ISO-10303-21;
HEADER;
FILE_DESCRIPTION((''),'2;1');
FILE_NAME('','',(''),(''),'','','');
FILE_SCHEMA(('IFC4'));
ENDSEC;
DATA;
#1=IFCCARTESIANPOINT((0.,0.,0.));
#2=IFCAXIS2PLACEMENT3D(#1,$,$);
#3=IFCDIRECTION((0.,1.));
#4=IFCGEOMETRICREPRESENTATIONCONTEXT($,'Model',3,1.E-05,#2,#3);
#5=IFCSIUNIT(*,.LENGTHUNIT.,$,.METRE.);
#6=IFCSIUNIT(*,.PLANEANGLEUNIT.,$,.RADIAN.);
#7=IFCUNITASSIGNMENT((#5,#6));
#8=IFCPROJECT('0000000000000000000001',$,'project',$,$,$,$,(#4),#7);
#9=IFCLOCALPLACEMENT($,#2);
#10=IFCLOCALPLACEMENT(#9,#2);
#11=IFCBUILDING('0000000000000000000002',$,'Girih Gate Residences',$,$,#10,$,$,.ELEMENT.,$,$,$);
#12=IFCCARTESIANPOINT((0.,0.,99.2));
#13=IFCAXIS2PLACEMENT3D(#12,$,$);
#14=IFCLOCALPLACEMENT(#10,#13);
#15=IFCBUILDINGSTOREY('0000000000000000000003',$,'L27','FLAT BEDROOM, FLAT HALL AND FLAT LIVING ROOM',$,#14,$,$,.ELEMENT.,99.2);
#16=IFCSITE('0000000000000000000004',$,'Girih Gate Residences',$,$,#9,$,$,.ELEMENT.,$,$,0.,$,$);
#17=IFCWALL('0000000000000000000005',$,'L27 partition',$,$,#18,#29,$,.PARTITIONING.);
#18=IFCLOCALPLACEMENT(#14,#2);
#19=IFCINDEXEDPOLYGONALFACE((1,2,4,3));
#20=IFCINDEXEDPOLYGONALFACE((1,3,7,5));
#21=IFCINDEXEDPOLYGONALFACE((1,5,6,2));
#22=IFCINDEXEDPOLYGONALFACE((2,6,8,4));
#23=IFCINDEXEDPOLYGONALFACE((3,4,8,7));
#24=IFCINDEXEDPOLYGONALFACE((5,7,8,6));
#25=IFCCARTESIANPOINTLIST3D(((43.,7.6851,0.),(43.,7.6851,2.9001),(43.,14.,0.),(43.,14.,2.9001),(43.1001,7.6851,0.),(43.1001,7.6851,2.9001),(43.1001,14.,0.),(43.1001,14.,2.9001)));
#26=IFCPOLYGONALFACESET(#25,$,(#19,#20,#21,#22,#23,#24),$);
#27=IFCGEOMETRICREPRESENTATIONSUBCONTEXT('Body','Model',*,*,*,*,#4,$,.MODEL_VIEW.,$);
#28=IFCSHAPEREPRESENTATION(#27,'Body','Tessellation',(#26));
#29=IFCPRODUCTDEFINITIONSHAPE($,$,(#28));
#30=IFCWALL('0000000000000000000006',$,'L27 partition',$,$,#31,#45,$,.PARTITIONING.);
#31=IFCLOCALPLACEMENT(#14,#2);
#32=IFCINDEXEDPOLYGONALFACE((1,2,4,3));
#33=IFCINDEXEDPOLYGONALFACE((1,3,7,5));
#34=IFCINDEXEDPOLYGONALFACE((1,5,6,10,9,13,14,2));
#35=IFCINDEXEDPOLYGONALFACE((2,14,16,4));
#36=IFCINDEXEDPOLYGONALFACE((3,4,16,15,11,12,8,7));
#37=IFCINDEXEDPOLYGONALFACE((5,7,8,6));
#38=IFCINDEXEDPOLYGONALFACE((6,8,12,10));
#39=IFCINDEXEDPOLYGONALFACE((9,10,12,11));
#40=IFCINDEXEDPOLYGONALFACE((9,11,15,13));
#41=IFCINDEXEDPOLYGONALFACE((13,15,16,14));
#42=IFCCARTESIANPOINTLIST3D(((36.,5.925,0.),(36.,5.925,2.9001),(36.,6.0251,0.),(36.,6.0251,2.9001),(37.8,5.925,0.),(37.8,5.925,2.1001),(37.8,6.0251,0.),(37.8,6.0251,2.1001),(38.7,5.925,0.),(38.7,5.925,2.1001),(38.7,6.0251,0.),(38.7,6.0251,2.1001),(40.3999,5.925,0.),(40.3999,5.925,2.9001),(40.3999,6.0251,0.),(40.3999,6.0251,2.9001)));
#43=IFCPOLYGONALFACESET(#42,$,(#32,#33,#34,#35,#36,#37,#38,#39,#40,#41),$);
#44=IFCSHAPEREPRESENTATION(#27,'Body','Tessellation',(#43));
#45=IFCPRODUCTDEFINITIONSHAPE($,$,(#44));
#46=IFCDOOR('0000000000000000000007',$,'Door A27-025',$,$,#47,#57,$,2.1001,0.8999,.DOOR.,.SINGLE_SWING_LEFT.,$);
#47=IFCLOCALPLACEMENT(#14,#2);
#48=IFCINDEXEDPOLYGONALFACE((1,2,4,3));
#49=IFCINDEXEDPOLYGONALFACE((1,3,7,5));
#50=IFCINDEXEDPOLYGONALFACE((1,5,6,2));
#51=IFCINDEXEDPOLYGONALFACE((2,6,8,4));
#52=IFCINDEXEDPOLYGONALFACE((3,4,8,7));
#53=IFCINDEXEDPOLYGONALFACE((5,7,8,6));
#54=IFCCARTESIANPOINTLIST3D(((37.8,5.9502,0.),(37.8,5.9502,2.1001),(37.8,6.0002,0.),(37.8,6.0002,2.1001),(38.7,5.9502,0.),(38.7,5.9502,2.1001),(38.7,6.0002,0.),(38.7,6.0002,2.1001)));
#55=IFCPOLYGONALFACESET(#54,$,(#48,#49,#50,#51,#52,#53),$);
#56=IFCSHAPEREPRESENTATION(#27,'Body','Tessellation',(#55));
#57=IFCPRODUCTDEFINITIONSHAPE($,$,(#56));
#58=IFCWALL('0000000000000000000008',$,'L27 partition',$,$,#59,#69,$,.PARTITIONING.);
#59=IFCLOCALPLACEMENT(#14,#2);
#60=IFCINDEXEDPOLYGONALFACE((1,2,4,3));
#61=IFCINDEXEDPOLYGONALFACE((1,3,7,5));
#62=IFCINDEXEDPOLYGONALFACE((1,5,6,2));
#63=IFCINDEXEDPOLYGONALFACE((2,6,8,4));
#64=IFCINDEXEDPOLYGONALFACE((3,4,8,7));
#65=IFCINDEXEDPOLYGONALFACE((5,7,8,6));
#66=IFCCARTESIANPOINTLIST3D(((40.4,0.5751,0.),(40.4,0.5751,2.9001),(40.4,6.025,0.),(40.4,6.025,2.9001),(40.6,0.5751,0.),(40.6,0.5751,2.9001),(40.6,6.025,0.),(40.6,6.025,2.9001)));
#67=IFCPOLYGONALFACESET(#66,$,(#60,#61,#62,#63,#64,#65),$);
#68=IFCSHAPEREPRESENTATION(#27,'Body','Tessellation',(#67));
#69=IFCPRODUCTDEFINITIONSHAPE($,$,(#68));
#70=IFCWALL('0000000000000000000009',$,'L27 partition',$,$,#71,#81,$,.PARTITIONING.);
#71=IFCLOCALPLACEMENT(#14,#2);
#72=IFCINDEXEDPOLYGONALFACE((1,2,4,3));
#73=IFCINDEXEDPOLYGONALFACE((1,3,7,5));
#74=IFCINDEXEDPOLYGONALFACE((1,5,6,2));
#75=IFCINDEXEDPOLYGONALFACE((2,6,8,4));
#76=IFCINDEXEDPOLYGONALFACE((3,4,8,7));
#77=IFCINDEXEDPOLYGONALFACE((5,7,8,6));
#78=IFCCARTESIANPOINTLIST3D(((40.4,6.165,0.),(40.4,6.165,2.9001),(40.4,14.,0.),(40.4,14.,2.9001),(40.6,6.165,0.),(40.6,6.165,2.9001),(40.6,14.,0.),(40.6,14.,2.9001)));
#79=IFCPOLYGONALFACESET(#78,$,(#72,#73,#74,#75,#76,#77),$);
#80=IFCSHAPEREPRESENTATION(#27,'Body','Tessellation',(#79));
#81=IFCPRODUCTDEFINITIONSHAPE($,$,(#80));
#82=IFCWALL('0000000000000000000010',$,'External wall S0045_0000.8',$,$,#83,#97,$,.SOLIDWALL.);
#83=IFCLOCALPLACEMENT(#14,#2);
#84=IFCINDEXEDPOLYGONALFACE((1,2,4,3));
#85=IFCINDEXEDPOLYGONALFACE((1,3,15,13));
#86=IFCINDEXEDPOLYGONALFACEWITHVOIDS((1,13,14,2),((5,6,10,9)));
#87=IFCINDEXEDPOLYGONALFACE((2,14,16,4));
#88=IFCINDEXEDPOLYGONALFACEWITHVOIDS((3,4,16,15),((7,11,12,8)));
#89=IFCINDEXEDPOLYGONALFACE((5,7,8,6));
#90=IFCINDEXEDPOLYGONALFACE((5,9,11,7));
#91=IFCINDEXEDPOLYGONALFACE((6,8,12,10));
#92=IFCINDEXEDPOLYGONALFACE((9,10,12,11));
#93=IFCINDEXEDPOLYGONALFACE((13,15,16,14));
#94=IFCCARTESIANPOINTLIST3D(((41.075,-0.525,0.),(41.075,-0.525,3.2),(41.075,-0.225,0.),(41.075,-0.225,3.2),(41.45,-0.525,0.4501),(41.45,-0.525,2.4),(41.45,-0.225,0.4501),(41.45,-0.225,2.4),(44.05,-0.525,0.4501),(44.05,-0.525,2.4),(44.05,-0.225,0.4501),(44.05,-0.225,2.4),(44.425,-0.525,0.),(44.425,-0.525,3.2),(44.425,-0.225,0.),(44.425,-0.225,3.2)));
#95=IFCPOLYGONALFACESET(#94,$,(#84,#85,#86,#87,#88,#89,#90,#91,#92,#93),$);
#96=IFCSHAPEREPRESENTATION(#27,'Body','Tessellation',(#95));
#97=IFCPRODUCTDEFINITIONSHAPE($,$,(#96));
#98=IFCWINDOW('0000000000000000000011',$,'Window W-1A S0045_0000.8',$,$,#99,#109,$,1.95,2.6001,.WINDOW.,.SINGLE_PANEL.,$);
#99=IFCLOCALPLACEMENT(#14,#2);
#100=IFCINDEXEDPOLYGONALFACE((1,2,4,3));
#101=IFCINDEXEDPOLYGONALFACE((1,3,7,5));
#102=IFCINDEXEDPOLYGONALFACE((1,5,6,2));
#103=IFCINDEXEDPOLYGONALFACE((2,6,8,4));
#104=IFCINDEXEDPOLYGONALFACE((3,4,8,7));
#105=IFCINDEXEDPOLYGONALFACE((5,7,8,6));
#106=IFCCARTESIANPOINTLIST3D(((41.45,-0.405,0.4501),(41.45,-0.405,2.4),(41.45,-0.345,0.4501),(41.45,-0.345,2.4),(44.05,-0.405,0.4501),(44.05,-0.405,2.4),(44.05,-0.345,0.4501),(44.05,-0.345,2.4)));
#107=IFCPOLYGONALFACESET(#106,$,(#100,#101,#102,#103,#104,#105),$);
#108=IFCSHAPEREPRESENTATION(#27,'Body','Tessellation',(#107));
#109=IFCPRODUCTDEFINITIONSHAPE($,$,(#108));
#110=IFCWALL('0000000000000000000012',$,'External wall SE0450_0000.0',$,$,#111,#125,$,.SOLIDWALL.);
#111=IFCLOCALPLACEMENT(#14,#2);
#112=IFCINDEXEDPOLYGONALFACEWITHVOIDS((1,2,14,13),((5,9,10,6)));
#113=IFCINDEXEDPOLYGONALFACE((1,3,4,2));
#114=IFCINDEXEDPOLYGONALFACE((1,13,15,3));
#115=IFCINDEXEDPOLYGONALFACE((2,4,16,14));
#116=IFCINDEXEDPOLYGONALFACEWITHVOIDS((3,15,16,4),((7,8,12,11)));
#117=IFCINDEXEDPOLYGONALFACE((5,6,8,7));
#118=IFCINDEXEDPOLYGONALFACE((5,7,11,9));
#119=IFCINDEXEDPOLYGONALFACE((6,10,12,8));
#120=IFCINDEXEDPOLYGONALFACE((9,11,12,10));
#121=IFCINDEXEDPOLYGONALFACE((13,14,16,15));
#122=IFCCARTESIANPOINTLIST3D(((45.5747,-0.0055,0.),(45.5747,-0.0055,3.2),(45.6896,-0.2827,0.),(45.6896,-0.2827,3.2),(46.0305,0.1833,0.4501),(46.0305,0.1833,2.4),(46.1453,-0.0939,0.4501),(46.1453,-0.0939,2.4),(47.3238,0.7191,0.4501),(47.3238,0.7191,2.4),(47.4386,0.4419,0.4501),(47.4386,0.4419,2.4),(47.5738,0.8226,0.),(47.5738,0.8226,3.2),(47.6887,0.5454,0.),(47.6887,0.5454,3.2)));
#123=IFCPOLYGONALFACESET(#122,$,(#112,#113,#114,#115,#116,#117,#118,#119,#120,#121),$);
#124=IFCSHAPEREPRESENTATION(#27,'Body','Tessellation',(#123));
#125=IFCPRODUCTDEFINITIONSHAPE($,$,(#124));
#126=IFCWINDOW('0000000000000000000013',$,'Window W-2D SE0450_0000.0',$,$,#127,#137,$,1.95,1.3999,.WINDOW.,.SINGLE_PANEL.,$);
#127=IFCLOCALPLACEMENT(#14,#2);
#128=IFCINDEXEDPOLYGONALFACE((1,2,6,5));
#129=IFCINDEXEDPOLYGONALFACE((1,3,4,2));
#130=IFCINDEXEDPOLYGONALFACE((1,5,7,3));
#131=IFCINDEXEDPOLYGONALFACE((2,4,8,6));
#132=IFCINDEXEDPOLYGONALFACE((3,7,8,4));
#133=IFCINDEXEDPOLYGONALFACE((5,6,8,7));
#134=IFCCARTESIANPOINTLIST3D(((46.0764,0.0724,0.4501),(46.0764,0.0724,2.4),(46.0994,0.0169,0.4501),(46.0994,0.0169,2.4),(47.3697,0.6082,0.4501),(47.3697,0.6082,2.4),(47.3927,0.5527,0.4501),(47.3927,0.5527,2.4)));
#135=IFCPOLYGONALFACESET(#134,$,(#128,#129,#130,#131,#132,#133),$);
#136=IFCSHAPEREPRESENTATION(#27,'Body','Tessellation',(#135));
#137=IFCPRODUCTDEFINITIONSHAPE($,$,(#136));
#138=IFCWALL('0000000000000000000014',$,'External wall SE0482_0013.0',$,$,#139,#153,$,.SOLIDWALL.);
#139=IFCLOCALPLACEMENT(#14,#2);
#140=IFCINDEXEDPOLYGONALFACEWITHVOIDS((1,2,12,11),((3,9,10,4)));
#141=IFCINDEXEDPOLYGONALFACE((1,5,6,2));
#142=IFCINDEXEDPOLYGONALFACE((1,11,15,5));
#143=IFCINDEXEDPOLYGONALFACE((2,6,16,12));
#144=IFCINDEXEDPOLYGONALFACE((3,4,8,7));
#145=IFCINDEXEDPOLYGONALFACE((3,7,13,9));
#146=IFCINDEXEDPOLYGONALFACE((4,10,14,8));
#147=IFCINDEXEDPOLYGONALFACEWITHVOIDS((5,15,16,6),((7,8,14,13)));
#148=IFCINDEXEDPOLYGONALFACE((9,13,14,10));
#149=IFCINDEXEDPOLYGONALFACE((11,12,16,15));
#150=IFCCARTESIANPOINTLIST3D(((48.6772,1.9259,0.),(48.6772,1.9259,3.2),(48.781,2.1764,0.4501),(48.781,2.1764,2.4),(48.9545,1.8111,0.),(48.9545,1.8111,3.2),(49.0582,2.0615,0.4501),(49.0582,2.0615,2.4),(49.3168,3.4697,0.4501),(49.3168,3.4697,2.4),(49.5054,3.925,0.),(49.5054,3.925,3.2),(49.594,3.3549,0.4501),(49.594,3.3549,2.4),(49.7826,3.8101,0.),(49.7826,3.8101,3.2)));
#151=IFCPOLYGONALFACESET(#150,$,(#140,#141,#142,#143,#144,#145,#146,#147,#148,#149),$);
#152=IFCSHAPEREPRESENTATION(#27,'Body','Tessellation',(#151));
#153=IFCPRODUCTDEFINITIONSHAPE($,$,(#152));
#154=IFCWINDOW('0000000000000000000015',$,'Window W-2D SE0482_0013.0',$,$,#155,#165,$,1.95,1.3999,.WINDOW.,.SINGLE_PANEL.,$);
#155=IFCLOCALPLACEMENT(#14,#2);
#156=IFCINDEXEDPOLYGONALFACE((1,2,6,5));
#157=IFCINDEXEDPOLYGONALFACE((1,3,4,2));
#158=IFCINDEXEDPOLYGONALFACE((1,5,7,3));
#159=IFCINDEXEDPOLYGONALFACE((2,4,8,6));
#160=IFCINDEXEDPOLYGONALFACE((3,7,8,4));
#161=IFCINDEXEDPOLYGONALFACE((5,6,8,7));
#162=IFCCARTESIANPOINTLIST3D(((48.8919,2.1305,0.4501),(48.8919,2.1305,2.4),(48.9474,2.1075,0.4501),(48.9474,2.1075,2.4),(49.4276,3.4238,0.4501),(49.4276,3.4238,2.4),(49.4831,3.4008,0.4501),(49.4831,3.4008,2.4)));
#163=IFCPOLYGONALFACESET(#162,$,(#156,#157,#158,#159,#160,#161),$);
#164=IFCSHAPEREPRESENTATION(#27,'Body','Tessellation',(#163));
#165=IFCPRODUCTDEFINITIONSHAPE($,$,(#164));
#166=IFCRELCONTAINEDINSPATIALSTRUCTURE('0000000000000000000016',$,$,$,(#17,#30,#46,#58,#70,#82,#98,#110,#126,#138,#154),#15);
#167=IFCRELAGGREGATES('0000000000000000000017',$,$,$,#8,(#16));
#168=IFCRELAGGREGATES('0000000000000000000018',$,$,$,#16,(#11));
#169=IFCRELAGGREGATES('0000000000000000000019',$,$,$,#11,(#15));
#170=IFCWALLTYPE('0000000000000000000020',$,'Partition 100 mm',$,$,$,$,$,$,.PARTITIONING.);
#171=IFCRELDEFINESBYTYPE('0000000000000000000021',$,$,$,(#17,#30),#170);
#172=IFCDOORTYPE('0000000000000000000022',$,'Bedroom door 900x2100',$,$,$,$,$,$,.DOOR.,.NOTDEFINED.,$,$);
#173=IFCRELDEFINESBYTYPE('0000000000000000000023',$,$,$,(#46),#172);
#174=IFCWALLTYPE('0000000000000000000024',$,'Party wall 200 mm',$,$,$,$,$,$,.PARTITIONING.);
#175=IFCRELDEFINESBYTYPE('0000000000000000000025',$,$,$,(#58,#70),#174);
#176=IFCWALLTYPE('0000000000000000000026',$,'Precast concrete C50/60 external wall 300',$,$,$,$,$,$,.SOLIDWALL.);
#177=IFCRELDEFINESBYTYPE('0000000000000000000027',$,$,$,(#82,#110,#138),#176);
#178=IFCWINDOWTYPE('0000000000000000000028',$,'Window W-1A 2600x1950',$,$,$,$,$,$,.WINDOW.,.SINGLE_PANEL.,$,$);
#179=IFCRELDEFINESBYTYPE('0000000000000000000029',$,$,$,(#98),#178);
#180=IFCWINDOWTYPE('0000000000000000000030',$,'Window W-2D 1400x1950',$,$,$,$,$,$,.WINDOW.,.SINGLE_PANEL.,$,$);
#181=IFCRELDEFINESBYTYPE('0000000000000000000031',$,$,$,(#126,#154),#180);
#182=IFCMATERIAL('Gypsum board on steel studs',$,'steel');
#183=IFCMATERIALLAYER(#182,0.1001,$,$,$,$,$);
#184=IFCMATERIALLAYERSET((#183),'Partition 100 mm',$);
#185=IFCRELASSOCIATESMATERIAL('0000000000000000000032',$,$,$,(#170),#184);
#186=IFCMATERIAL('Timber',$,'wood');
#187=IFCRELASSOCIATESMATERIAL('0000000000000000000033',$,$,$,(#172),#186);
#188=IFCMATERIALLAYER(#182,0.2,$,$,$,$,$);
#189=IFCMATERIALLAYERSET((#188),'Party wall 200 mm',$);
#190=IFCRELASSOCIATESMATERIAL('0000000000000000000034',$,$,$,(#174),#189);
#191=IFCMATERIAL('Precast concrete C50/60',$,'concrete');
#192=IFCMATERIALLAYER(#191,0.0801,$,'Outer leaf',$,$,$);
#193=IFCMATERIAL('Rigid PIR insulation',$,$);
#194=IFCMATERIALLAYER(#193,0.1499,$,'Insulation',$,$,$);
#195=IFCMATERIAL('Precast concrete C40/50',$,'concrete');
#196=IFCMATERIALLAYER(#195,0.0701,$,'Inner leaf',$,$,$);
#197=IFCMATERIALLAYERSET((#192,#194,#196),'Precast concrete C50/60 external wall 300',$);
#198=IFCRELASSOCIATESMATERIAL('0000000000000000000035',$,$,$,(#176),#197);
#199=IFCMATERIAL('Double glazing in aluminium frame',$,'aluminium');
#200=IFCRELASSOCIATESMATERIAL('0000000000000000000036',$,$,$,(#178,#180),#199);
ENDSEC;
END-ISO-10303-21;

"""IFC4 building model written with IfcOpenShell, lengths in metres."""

from ifc_helpers import new_model, si_unit, direction, frame, frame_2d, origin, place, context, subcontext, project, spatial, rectangle, extrude, material, layer, layer_set, type_object, element, fill, save


model = new_model("IFC4")

# Units and contexts
model_context = context("Model", 3, precision=1e-05, world=origin(), true_north=direction((0.0, 1.0)))
body_context = subcontext(model_context, "Body", "Model", "MODEL_VIEW")
ifc_project = project(units=[si_unit("LENGTHUNIT", "METRE"), si_unit("PLANEANGLEUNIT", "RADIAN")], contexts=[model_context])

# Site, building, storey
site_placement = place(None, origin())
site = spatial("IfcSite", under=ifc_project, at=site_placement, Name="Girih Gate Residences", CompositionType="ELEMENT", RefElevation=0.0)
building_placement = place(site_placement, origin())
building = spatial("IfcBuilding", under=site, at=building_placement, Name="Girih Gate Residences", CompositionType="ELEMENT")
storey_placement = place(building_placement, frame((0.0, 0.0, 99.2)))
storey = spatial("IfcBuildingStorey", under=building, at=storey_placement, Name="L27", Description="FLAT BEDROOM, FLAT HALL AND FLAT LIVING ROOM", CompositionType="ELEMENT", Elevation=99.2)

# Shared definitions
ifc_material_1 = material(Name="Gypsum board on steel studs", Category="steel")
ifc_layer_1 = layer(ifc_material_1, 0.1001)
ifc_layer_set_1 = layer_set([ifc_layer_1], Name="Partition 100 mm")
wall_type_1 = type_object("IfcWallType", Name="Partition 100 mm", PredefinedType="PARTITIONING", material=ifc_layer_set_1)
ifc_material_2 = material(Name="Timber", Category="wood")
door_type_1 = type_object("IfcDoorType", Name="Bedroom door 900x2100", OperationType="NOTDEFINED", PredefinedType="DOOR", material=ifc_material_2)

# Wall
wall_1_placement = place(storey_placement, frame((43.05, 7.6851, 0.0), z_axis=(0.0, 0.0, 1.0), x_axis=(0.0, 1.0, 0.0)))
element("IfcWall", 1, at=wall_1_placement, inside=storey, type_object=wall_type_1, Name="L27 partition", PredefinedType="PARTITIONING", context=body_context, shape_type="SweptSolid", body=[
    extrude(rectangle(XDim=6.3149, YDim=0.1001, at=frame_2d((3.1575, 0.0))), origin(), (0.0, 0.0, 1.0), 2.9001),
])

# Wall, opening, door
wall_2_placement = place(storey_placement, frame((40.3999, 5.9751, 0.0), z_axis=(0.0, 0.0, 1.0), x_axis=(-1.0, 0.0, 0.0)))
wall_2 = element("IfcWall", 2, at=wall_2_placement, inside=storey, type_object=wall_type_1, Name="L27 partition", PredefinedType="PARTITIONING", context=body_context, shape_type="SweptSolid", body=[
    extrude(rectangle(XDim=4.3999, YDim=0.1001, at=frame_2d((2.2, 0.0))), origin(), (0.0, 0.0, 1.0), 2.9001),
])
opening_1_placement = place(wall_2_placement, frame((1.7, 0.0, 0.0)))
opening_1 = element("IfcOpeningElement", 3, at=opening_1_placement, cuts=wall_2, PredefinedType="OPENING", context=body_context, shape_type="SweptSolid", body=[
    extrude(rectangle(XDim=0.8999, YDim=2.1001, at=frame_2d((0.45, 1.05))), frame((0.0, 0.0601, 0.0), z_axis=(0.0, -1.0, 0.0), x_axis=(1.0, 0.0, 0.0)), (0.0, 0.0, 1.0), 0.1201),
])
door_1_placement = place(opening_1_placement, origin())
door_1 = element("IfcDoor", 4, at=door_1_placement, inside=storey, type_object=door_type_1, Name="Door A27-025", OperationType="SINGLE_SWING_LEFT", OverallHeight=2.1001, OverallWidth=0.8999, PredefinedType="DOOR", context=body_context, shape_type="SweptSolid", body=[
    extrude(rectangle(XDim=0.8999, YDim=2.1001, at=frame_2d((0.45, 1.05))), frame((0.0, 0.0249, 0.0), z_axis=(0.0, -1.0, 0.0), x_axis=(1.0, 0.0, 0.0)), (0.0, 0.0, 1.0), 0.05),
])
fill(opening_1, door_1)

# Walls
ifc_layer_2 = layer(ifc_material_1, 0.2)
ifc_layer_set_2 = layer_set([ifc_layer_2], Name="Party wall 200 mm")
wall_type_2 = type_object("IfcWallType", Name="Party wall 200 mm", PredefinedType="PARTITIONING", material=ifc_layer_set_2)
wall_3_placement = place(storey_placement, frame((40.5, 0.575, 0.0), z_axis=(0.0, 0.0, 1.0), x_axis=(0.0, 1.0, 0.0)))
element("IfcWall", 5, at=wall_3_placement, inside=storey, type_object=wall_type_2, Name="L27 partition", PredefinedType="PARTITIONING", context=body_context, shape_type="SweptSolid", body=[
    extrude(rectangle(XDim=5.45, YDim=0.2, at=frame_2d((2.7251, 0.0))), origin(), (0.0, 0.0, 1.0), 2.9001),
])
wall_4_placement = place(storey_placement, frame((40.5, 6.165, 0.0), z_axis=(0.0, 0.0, 1.0), x_axis=(0.0, 1.0, 0.0)))
element("IfcWall", 6, at=wall_4_placement, inside=storey, type_object=wall_type_2, Name="L27 partition", PredefinedType="PARTITIONING", context=body_context, shape_type="SweptSolid", body=[
    extrude(rectangle(XDim=7.835, YDim=0.2, at=frame_2d((3.9175, 0.0))), origin(), (0.0, 0.0, 1.0), 2.9001),
])

# Walls, openings, windows
ifc_material_3 = material(Name="Precast concrete C50/60", Category="concrete")
ifc_layer_3 = layer(ifc_material_3, 0.0801, Name="Outer leaf")
ifc_material_4 = material(Name="Rigid PIR insulation")
ifc_layer_4 = layer(ifc_material_4, 0.1499, Name="Insulation")
ifc_material_5 = material(Name="Precast concrete C40/50", Category="concrete")
ifc_layer_5 = layer(ifc_material_5, 0.0701, Name="Inner leaf")
ifc_layer_set_3 = layer_set([ifc_layer_3, ifc_layer_4, ifc_layer_5], Name="Precast concrete C50/60 external wall 300")
wall_type_3 = type_object("IfcWallType", Name="Precast concrete C50/60 external wall 300", PredefinedType="SOLIDWALL", material=ifc_layer_set_3)
wall_5_placement = place(storey_placement, frame((44.425, -0.375, 0.0), z_axis=(0.0, 0.0, 1.0), x_axis=(-1.0, 0.0, 0.0)))
wall_5 = element("IfcWall", 7, at=wall_5_placement, inside=storey, type_object=wall_type_3, Name="External wall S0045_0000.8", PredefinedType="SOLIDWALL", context=body_context, shape_type="SweptSolid", body=[
    extrude(rectangle(XDim=3.3501, YDim=0.3, at=frame_2d((1.675, 0.0))), origin(), (0.0, 0.0, 1.0), 3.2),
])
opening_2_placement = place(wall_5_placement, frame((0.375, 0.0, 0.45)))
opening_2 = element("IfcOpeningElement", 8, at=opening_2_placement, cuts=wall_5, PredefinedType="OPENING", context=body_context, shape_type="SweptSolid", body=[
    extrude(rectangle(XDim=2.6001, YDim=1.95, at=frame_2d((1.3, 0.9751))), frame((0.0, 0.1599, 0.0), z_axis=(0.0, -1.0, 0.0), x_axis=(1.0, 0.0, 0.0)), (0.0, 0.0, 1.0), 0.3201),
])
ifc_material_6 = material(Name="Double glazing in aluminium frame", Category="aluminium")
window_type_1 = type_object("IfcWindowType", Name="Window W-1A 2600x1950", PartitioningType="SINGLE_PANEL", PredefinedType="WINDOW", material=ifc_material_6)
window_1_placement = place(opening_2_placement, origin())
window_1 = element("IfcWindow", 9, at=window_1_placement, inside=storey, type_object=window_type_1, Name="Window W-1A S0045_0000.8", OverallHeight=1.95, OverallWidth=2.6001, PartitioningType="SINGLE_PANEL", PredefinedType="WINDOW", context=body_context, shape_type="SweptSolid", body=[
    extrude(rectangle(XDim=2.6001, YDim=1.95, at=frame_2d((1.3, 0.9751))), frame((0.0, 0.03, 0.0), z_axis=(0.0, -1.0, 0.0), x_axis=(1.0, 0.0, 0.0)), (0.0, 0.0, 1.0), 0.0601),
])
fill(opening_2, window_1)
wall_6_placement = place(storey_placement, frame((47.6313, 0.6841, 0.0), z_axis=(0.0, 0.0, 1.0), x_axis=(-0.923863, -0.382724, 0.0)))
wall_6 = element("IfcWall", 10, at=wall_6_placement, inside=storey, type_object=wall_type_3, Name="External wall SE0450_0000.0", PredefinedType="SOLIDWALL", context=body_context, shape_type="SweptSolid", body=[
    extrude(rectangle(XDim=2.1638, YDim=0.3, at=frame_2d((1.082, 0.0))), origin(), (0.0, 0.0, 1.0), 3.2),
])
opening_3_placement = place(wall_6_placement, frame((0.2708, 0.0, 0.45)))
opening_3 = element("IfcOpeningElement", 11, at=opening_3_placement, cuts=wall_6, PredefinedType="OPENING", context=body_context, shape_type="SweptSolid", body=[
    extrude(rectangle(XDim=1.3999, YDim=1.95, at=frame_2d((0.7, 0.9751))), frame((0.0, 0.1599, 0.0), z_axis=(0.0, -1.0, 0.0), x_axis=(1.0, 0.0, 0.0)), (0.0, 0.0, 1.0), 0.3201),
])
window_type_2 = type_object("IfcWindowType", Name="Window W-2D 1400x1950", PartitioningType="SINGLE_PANEL", PredefinedType="WINDOW", material=ifc_material_6)
window_2_placement = place(opening_3_placement, origin())
window_2 = element("IfcWindow", 12, at=window_2_placement, inside=storey, type_object=window_type_2, Name="Window W-2D SE0450_0000.0", OverallHeight=1.95, OverallWidth=1.3999, PartitioningType="SINGLE_PANEL", PredefinedType="WINDOW", context=body_context, shape_type="SweptSolid", body=[
    extrude(rectangle(XDim=1.3999, YDim=1.95, at=frame_2d((0.7, 0.9751))), frame((0.0, 0.03, 0.0), z_axis=(0.0, -1.0, 0.0), x_axis=(1.0, 0.0, 0.0)), (0.0, 0.0, 1.0), 0.0601),
])
fill(opening_3, window_2)
wall_7_placement = place(storey_placement, frame((49.644, 3.8677, 0.0), z_axis=(0.0, 0.0, 1.0), x_axis=(-0.382724, -0.923863, 0.0)))
wall_7 = element("IfcWall", 13, at=wall_7_placement, inside=storey, type_object=wall_type_3, Name="External wall SE0482_0013.0", PredefinedType="SOLIDWALL", context=body_context, shape_type="SweptSolid", body=[
    extrude(rectangle(XDim=2.1638, YDim=0.3, at=frame_2d((1.082, 0.0))), origin(), (0.0, 0.0, 1.0), 3.2),
])
opening_4_placement = place(wall_7_placement, frame((0.4929, 0.0, 0.45)))
opening_4 = element("IfcOpeningElement", 14, at=opening_4_placement, cuts=wall_7, PredefinedType="OPENING", context=body_context, shape_type="SweptSolid", body=[
    extrude(rectangle(XDim=1.3999, YDim=1.95, at=frame_2d((0.7, 0.9751))), frame((0.0, 0.1599, 0.0), z_axis=(0.0, -1.0, 0.0), x_axis=(1.0, 0.0, 0.0)), (0.0, 0.0, 1.0), 0.3201),
])
window_3_placement = place(opening_4_placement, origin())
window_3 = element("IfcWindow", 15, at=window_3_placement, inside=storey, type_object=window_type_2, Name="Window W-2D SE0482_0013.0", OverallHeight=1.95, OverallWidth=1.3999, PartitioningType="SINGLE_PANEL", PredefinedType="WINDOW", context=body_context, shape_type="SweptSolid", body=[
    extrude(rectangle(XDim=1.3999, YDim=1.95, at=frame_2d((0.7, 0.9751))), frame((0.0, 0.03, 0.0), z_axis=(0.0, -1.0, 0.0), x_axis=(1.0, 0.0, 0.0)), (0.0, 0.0, 1.0), 0.0601),
])
fill(opening_4, window_3)

save(model, "model.ifc")
